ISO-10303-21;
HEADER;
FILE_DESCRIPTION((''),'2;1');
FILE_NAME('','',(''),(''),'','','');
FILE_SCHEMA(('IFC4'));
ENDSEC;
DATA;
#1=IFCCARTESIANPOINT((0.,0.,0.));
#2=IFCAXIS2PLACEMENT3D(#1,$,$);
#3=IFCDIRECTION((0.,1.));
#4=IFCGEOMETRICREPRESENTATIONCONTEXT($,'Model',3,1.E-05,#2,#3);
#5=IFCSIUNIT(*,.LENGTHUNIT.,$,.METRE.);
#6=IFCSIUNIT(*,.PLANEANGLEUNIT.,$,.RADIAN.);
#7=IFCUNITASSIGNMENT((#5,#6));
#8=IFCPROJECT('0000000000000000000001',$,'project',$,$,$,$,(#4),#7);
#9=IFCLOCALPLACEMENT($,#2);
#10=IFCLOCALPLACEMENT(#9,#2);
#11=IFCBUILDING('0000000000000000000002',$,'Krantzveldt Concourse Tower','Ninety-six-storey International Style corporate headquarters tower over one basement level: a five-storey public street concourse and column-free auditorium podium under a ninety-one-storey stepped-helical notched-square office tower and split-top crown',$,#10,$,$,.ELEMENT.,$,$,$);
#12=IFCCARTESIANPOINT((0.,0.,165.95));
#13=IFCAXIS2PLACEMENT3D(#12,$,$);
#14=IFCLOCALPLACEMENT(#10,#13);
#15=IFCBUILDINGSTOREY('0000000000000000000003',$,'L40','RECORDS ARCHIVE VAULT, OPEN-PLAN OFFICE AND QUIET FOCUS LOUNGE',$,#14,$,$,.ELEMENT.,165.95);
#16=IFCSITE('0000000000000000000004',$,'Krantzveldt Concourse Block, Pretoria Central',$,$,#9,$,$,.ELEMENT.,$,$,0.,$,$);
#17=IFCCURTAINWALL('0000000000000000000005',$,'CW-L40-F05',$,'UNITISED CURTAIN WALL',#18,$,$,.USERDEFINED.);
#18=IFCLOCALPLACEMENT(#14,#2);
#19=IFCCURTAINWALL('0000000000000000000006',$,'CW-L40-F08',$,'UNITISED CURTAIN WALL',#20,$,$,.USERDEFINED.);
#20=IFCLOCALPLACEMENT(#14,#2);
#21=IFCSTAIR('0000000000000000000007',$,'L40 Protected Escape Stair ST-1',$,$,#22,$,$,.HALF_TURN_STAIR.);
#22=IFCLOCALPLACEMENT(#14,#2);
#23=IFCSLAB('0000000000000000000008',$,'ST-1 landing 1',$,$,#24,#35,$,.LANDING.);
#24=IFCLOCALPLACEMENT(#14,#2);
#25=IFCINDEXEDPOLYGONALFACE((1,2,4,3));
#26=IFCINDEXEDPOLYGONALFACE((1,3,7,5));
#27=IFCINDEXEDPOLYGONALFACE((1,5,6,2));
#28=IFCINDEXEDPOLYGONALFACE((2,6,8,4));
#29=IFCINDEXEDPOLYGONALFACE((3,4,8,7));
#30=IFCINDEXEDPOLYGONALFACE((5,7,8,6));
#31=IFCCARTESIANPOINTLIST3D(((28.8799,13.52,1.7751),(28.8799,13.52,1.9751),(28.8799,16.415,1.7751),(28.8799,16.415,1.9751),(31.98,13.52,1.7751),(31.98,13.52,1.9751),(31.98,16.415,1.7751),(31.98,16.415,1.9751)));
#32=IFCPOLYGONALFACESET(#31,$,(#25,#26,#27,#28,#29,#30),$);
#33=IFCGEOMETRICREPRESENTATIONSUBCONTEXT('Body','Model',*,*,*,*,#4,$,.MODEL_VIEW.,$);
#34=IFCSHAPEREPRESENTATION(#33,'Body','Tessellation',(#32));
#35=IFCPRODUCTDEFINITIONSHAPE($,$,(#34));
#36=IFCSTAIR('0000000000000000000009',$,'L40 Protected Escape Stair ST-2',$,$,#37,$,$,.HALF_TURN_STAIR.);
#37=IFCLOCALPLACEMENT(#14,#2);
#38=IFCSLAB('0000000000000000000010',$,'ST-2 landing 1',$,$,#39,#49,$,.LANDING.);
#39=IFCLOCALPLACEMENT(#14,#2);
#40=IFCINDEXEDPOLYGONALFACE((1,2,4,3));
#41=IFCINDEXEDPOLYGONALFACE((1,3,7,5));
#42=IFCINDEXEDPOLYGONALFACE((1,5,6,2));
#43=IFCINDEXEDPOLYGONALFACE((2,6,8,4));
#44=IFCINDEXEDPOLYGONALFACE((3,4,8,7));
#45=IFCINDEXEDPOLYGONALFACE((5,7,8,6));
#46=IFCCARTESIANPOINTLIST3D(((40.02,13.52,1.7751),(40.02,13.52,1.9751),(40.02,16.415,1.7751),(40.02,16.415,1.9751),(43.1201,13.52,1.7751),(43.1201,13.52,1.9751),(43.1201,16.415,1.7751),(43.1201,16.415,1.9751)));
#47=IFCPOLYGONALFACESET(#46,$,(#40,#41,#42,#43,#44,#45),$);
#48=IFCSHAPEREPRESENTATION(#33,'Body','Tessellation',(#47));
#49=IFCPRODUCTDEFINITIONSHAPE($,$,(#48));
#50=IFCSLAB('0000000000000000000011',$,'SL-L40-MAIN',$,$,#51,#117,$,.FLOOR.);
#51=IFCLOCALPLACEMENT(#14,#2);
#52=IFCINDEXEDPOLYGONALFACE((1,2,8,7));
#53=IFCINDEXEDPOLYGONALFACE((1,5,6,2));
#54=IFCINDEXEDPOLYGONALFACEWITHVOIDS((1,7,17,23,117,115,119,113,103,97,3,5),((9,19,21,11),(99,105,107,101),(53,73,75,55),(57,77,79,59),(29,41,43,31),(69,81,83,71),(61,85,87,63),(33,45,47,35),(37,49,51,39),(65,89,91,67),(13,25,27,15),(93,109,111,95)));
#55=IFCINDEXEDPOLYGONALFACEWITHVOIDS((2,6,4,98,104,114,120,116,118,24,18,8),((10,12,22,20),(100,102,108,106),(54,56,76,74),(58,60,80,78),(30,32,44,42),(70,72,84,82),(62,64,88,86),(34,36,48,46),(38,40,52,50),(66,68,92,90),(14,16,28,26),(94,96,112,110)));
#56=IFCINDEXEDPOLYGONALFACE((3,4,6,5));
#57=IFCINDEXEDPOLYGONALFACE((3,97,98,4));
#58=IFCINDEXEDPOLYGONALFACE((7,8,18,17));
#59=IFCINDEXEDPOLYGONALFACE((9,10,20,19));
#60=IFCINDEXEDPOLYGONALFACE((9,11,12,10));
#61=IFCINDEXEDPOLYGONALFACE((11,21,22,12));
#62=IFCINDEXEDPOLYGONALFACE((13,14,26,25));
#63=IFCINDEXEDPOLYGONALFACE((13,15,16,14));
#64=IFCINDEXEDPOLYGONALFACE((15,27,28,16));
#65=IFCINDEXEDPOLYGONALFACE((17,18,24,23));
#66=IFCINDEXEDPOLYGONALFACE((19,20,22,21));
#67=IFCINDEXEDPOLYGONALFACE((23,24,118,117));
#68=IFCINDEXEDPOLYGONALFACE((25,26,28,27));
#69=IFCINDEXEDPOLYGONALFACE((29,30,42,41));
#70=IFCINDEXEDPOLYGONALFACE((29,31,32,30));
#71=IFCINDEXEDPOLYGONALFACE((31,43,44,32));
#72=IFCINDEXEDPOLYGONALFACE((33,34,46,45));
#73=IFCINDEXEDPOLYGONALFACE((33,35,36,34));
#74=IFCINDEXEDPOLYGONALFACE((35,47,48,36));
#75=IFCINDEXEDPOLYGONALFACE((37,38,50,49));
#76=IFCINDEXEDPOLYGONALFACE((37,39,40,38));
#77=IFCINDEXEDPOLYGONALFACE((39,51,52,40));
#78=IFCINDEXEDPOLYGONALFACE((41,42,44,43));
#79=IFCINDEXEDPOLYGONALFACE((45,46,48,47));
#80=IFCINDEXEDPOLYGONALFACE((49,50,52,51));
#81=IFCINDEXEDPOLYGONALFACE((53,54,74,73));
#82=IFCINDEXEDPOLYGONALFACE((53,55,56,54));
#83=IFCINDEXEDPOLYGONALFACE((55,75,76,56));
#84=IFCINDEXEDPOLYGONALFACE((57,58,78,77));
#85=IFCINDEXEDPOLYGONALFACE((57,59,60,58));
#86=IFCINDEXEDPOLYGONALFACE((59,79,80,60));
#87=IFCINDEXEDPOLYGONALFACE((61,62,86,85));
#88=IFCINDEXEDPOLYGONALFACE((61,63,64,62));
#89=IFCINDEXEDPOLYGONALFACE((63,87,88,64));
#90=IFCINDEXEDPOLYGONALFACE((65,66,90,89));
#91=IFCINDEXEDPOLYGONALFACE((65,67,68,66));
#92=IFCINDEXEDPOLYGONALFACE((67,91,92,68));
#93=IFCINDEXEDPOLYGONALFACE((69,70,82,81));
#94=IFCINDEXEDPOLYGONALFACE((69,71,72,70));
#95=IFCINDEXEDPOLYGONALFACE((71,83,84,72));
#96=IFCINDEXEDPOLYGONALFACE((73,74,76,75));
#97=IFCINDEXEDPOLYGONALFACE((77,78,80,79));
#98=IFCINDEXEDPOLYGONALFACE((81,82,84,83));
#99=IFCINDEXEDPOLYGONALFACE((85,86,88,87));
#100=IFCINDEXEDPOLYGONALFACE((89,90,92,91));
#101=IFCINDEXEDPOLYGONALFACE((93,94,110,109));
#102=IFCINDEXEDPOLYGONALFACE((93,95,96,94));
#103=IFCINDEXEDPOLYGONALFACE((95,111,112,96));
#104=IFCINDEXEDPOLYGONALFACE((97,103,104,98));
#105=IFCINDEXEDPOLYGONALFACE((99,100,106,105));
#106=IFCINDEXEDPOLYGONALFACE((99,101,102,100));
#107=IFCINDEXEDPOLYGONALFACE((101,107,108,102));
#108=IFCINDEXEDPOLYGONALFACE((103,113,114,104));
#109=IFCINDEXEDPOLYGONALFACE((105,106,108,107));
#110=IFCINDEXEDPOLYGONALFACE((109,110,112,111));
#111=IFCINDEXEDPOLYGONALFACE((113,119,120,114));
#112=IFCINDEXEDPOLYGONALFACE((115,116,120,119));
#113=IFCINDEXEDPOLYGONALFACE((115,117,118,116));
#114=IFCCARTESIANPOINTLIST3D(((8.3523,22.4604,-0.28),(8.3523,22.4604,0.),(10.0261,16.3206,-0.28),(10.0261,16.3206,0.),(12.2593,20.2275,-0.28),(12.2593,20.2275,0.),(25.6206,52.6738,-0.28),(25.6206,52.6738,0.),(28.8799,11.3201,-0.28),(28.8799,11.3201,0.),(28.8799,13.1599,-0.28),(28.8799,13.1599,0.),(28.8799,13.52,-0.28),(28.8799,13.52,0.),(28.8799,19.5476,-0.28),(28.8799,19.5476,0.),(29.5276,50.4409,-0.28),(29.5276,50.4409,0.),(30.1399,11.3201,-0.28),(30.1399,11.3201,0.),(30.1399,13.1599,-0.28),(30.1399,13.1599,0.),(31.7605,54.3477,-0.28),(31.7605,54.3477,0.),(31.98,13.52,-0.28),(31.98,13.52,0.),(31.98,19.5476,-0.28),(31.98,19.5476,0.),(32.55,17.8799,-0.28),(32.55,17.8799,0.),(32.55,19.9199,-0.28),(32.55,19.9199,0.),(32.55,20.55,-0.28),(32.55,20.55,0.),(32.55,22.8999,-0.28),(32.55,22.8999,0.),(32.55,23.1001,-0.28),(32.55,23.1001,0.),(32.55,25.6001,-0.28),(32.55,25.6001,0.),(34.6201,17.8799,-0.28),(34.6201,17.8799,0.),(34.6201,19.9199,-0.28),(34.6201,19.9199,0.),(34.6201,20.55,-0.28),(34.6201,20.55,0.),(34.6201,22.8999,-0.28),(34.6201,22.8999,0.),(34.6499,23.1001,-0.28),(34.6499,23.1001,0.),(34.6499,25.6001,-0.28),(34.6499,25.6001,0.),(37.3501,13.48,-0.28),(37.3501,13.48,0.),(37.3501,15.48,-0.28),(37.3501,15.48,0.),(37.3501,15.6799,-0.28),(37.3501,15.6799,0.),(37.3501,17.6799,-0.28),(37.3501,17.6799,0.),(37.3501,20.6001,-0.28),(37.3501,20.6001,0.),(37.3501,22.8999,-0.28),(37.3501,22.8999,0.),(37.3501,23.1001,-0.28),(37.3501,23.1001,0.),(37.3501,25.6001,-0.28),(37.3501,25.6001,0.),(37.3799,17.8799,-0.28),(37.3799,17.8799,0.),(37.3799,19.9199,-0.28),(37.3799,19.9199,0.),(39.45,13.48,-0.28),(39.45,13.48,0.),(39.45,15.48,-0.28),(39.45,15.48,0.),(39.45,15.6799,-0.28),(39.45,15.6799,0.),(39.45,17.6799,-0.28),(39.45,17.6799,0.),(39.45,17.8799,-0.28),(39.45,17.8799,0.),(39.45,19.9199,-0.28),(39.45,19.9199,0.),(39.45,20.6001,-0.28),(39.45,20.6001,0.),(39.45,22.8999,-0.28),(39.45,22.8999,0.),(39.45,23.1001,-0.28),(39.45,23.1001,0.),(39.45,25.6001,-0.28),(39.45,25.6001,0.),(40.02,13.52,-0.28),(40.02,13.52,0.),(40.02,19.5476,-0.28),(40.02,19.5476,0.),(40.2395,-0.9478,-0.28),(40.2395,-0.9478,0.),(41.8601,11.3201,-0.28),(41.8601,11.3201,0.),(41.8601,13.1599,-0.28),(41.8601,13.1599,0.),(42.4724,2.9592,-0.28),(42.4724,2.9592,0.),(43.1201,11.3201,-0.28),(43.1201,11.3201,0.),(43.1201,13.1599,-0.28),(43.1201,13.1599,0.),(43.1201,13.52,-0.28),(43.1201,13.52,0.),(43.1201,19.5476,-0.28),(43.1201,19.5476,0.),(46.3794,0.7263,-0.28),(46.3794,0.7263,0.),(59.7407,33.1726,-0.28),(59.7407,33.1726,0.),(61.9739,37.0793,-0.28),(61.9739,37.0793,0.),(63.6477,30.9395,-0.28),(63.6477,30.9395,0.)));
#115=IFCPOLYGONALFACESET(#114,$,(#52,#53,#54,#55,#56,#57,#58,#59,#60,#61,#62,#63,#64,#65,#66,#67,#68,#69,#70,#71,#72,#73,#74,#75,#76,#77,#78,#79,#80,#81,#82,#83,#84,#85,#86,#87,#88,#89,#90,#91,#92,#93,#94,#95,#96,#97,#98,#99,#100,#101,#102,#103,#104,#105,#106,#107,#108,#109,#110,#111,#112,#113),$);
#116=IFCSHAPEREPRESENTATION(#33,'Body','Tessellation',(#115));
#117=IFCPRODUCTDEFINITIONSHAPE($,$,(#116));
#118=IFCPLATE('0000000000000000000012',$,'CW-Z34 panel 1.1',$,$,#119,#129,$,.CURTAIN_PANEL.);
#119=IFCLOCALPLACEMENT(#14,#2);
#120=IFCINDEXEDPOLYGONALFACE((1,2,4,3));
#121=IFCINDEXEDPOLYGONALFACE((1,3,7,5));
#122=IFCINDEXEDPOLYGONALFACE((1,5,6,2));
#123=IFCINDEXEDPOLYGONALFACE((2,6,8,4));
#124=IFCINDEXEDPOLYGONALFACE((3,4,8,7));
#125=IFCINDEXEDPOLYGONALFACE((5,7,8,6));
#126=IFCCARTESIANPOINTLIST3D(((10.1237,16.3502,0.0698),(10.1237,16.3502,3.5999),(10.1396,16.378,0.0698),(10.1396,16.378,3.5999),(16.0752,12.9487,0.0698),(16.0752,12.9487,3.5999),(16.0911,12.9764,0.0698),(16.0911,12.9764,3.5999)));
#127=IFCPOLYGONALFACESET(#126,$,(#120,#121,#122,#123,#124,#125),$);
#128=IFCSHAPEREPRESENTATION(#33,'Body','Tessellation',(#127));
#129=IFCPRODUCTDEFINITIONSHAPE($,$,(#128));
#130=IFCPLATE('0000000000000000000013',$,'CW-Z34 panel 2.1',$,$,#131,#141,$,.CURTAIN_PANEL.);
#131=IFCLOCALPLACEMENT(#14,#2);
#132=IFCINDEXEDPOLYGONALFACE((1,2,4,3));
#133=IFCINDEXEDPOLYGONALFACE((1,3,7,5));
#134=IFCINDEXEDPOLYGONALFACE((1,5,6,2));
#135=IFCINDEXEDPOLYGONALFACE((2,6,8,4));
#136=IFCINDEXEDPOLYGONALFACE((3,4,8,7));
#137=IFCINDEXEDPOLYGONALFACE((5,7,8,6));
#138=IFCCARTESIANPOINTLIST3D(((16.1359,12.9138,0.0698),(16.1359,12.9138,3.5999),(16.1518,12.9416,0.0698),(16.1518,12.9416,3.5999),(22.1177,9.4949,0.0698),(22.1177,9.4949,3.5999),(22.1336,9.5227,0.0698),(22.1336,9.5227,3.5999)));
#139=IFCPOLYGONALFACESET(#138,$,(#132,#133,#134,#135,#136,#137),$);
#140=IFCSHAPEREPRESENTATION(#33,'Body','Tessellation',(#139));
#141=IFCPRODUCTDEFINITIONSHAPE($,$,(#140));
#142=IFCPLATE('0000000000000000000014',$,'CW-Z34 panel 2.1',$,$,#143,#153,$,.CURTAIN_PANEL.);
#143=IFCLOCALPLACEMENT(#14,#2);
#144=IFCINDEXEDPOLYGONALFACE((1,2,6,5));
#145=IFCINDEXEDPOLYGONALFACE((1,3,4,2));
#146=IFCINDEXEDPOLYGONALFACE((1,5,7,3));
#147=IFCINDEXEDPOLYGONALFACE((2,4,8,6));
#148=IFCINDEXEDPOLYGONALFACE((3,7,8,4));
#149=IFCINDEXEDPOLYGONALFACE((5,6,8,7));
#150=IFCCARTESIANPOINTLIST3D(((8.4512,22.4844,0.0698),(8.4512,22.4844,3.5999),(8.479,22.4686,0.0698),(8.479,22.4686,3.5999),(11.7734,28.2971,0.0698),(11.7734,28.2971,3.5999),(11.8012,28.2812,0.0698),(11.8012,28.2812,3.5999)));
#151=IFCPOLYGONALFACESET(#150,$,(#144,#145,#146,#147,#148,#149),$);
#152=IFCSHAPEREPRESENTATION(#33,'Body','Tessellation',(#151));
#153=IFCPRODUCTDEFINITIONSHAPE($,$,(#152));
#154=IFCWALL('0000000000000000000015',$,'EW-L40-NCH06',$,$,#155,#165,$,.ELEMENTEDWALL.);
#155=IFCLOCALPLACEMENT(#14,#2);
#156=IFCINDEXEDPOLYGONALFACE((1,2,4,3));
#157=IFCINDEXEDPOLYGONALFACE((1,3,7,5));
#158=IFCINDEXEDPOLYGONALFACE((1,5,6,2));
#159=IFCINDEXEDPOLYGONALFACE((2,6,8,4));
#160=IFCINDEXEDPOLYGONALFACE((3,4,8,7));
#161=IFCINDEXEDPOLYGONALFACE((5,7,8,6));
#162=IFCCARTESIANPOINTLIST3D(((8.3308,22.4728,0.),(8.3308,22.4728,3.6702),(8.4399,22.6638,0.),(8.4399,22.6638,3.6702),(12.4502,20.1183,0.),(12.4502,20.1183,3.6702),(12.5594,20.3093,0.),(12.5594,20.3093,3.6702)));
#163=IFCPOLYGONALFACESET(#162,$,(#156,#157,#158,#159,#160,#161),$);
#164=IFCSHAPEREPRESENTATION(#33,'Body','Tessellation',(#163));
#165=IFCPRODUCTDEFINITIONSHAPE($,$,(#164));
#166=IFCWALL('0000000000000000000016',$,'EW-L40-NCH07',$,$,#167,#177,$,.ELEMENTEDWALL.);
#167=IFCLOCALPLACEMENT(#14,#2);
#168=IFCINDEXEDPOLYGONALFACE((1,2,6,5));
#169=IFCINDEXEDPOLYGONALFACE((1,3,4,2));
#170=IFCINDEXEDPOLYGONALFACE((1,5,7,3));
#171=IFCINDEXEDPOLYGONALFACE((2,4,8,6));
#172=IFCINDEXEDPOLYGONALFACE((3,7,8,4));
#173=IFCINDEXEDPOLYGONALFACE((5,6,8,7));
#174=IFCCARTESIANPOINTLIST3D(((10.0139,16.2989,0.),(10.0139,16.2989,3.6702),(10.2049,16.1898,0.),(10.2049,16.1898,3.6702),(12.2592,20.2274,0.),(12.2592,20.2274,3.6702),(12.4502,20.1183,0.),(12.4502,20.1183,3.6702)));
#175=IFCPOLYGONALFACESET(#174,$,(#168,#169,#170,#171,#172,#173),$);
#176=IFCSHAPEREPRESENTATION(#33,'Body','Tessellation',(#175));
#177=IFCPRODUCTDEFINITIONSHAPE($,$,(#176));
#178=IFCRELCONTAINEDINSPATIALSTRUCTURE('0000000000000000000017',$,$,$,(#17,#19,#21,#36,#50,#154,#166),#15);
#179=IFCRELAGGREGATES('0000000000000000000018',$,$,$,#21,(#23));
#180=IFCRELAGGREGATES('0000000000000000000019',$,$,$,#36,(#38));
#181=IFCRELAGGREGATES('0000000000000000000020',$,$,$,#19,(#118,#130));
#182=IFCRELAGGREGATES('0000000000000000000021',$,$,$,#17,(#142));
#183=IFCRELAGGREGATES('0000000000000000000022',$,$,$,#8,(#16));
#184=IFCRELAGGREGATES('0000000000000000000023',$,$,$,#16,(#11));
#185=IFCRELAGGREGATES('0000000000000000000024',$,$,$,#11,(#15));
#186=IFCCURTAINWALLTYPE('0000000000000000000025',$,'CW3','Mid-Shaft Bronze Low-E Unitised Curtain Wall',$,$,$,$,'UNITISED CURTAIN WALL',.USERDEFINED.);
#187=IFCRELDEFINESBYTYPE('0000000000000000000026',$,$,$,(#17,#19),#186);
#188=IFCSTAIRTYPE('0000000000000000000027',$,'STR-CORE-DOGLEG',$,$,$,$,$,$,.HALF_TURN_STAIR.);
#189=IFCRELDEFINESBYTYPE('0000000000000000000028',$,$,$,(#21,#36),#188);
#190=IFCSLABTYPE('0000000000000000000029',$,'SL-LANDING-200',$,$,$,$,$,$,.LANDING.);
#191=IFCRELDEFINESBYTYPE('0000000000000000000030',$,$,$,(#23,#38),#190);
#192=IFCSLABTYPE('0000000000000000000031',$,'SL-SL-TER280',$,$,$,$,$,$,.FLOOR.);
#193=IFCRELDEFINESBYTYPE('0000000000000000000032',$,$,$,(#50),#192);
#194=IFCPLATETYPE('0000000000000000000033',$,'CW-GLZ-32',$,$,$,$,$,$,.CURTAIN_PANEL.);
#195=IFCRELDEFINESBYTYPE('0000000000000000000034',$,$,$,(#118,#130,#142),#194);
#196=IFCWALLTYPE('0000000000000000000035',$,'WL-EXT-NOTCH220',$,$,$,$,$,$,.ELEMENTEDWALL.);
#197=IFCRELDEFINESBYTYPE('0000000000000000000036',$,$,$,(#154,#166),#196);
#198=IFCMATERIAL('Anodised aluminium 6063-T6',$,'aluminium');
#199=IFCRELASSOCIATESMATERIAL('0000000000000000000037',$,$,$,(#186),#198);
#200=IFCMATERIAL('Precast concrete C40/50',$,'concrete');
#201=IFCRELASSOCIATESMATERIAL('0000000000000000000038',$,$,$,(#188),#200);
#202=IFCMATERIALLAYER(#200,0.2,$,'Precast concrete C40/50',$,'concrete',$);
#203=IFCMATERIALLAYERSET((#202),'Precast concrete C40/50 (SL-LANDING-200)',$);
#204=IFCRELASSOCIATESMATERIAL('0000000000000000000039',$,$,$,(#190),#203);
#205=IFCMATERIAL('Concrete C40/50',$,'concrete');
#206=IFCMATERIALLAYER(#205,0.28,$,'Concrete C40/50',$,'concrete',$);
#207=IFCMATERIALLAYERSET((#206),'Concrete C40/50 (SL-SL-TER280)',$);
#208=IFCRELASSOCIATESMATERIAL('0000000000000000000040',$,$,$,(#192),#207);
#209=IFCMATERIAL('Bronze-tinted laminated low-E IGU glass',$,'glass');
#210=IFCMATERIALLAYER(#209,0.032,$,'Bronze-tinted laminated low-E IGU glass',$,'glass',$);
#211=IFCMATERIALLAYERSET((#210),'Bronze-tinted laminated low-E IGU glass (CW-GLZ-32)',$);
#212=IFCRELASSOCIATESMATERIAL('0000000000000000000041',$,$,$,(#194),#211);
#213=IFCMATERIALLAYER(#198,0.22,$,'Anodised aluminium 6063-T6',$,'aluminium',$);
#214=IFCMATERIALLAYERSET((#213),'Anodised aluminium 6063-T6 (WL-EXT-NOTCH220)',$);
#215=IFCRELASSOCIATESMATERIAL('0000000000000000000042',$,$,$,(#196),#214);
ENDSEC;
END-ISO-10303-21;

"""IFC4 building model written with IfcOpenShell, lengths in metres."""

from ifc_helpers import new_model, si_unit, direction, frame, frame_2d, origin, origin_2d, place, context, subcontext, project, spatial, polyline, rectangle, outline, extrude, source, transform, mapped, material, layer, layer_set, type_object, type_shapes, element, aggregate, save


model = new_model("IFC4")

# Units and contexts
model_context = context("Model", 3, precision=1e-05, world=origin(), true_north=direction((0.0, 1.0)))
body_context = subcontext(model_context, "Body", "Model", "MODEL_VIEW")
ifc_project = project(units=[si_unit("LENGTHUNIT", "METRE"), si_unit("PLANEANGLEUNIT", "RADIAN")], contexts=[model_context])

# Site, building, storey
site_placement = place(None, origin())
site = spatial("IfcSite", under=ifc_project, at=site_placement, Name="Krantzveldt Concourse Block, Pretoria Central", CompositionType="ELEMENT", RefElevation=0.0)
building_placement = place(site_placement, origin())
building = spatial("IfcBuilding", under=site, at=building_placement, Name="Krantzveldt Concourse Tower", Description="Ninety-six-storey International Style corporate headquarters tower over one basement level: a five-storey public street concourse and column-free auditorium podium under a ninety-one-storey stepped-helical notched-square office tower and split-top crown", CompositionType="ELEMENT")
storey_placement = place(building_placement, frame((0.0, 0.0, 165.95)))
storey = spatial("IfcBuildingStorey", under=building, at=storey_placement, Name="L40", Description="RECORDS ARCHIVE VAULT, OPEN-PLAN OFFICE AND QUIET FOCUS LOUNGE", CompositionType="ELEMENT", Elevation=165.95)

# Curtain wall
ifc_material_1 = material(Name="Anodised aluminium 6063-T6", Category="aluminium")
curtain_wall_type = type_object("IfcCurtainWallType", Name="CW3", Description="Mid-Shaft Bronze Low-E Unitised Curtain Wall", ElementType="UNITISED CURTAIN WALL", PredefinedType="USERDEFINED", material=ifc_material_1)
curtain_wall_1_placement = place(storey_placement, origin())
curtain_wall_1 = element("IfcCurtainWall", 1, at=curtain_wall_1_placement, inside=storey, type_object=curtain_wall_type, Name="CW-L40-F05", ObjectType="UNITISED CURTAIN WALL", PredefinedType="USERDEFINED")

# Curtain wall
curtain_wall_2_placement = place(storey_placement, origin())
curtain_wall_2 = element("IfcCurtainWall", 2, at=curtain_wall_2_placement, inside=storey, type_object=curtain_wall_type, Name="CW-L40-F08", ObjectType="UNITISED CURTAIN WALL", PredefinedType="USERDEFINED")

# Stairs, slabs
ifc_material_2 = material(Name="Precast concrete C40/50", Category="concrete")
stair_type = type_object("IfcStairType", Name="STR-CORE-DOGLEG", PredefinedType="HALF_TURN_STAIR", material=ifc_material_2)
stair_1_placement = place(storey_placement, origin())
stair_1 = element("IfcStair", 3, at=stair_1_placement, inside=storey, type_object=stair_type, Name="L40 Protected Escape Stair ST-1", PredefinedType="HALF_TURN_STAIR")
ifc_layer_1 = layer(ifc_material_2, 0.2, Name="Precast concrete C40/50", Category="concrete")
ifc_layer_set_1 = layer_set([ifc_layer_1], Name="Precast concrete C40/50 (SL-LANDING-200)")
slab_type_1 = type_object("IfcSlabType", Name="SL-LANDING-200", PredefinedType="LANDING", material=ifc_layer_set_1)
slab_1_placement = place(storey_placement, frame((0.0, 0.0, 1.7751)))
slab_1 = element("IfcSlab", 4, at=slab_1_placement, type_object=slab_type_1, Name="ST-1 landing 1", PredefinedType="LANDING", context=body_context, shape_type="SweptSolid", body=[
    extrude(outline(polyline([(28.8799, 16.415), (28.8799, 13.52), (31.98, 13.52), (31.98, 16.415), (28.8799, 16.415)])), origin(), (0.0, 0.0, 1.0), 0.2),
])
aggregate(stair_1, [slab_1])
stair_2_placement = place(storey_placement, origin())
stair_2 = element("IfcStair", 5, at=stair_2_placement, inside=storey, type_object=stair_type, Name="L40 Protected Escape Stair ST-2", PredefinedType="HALF_TURN_STAIR")
slab_2_placement = place(storey_placement, frame((0.0, 0.0, 1.7751)))
slab_2 = element("IfcSlab", 6, at=slab_2_placement, type_object=slab_type_1, Name="ST-2 landing 1", PredefinedType="LANDING", context=body_context, shape_type="SweptSolid", body=[
    extrude(outline(polyline([(40.02, 16.415), (40.02, 13.52), (43.1201, 13.52), (43.1201, 16.415), (40.02, 16.415)])), origin(), (0.0, 0.0, 1.0), 0.2),
])
aggregate(stair_2, [slab_2])

# Slab
ifc_material_3 = material(Name="Concrete C40/50", Category="concrete")
ifc_layer_2 = layer(ifc_material_3, 0.28, Name="Concrete C40/50", Category="concrete")
ifc_layer_set_2 = layer_set([ifc_layer_2], Name="Concrete C40/50 (SL-SL-TER280)")
slab_type_2 = type_object("IfcSlabType", Name="SL-SL-TER280", PredefinedType="FLOOR", material=ifc_layer_set_2)
slab_3_placement = place(storey_placement, frame((0.0, 0.0, -0.28)))
element("IfcSlab", 7, at=slab_3_placement, inside=storey, type_object=slab_type_2, Name="SL-L40-MAIN", PredefinedType="FLOOR", context=body_context, shape_type="SweptSolid", body=[
    extrude(outline(polyline([(29.5276, 50.4409), (25.6206, 52.6738), (8.3523, 22.4604), (12.2593, 20.2275), (10.0261, 16.3206), (40.2395, -0.9478), (42.4724, 2.9592), (46.3794, 0.7263), (63.6477, 30.9395), (59.7407, 33.1726), (61.9739, 37.0793), (31.7605, 54.3477), (29.5276, 50.4409)]), holes=[polyline([(28.8799, 19.5476), (28.8799, 13.52), (31.98, 13.52), (31.98, 19.5476), (28.8799, 19.5476)]), polyline([(40.02, 19.5476), (40.02, 13.52), (43.1201, 13.52), (43.1201, 19.5476), (40.02, 19.5476)]), polyline([(32.55, 23.1001), (34.6499, 23.1001), (34.6499, 25.6001), (32.55, 25.6001), (32.55, 23.1001)]), polyline([(37.3501, 23.1001), (39.45, 23.1001), (39.45, 25.6001), (37.3501, 25.6001), (37.3501, 23.1001)]), polyline([(37.3501, 20.6001), (39.45, 20.6001), (39.45, 22.8999), (37.3501, 22.8999), (37.3501, 20.6001)]), polyline([(37.3501, 13.48), (39.45, 13.48), (39.45, 15.48), (37.3501, 15.48), (37.3501, 13.48)]), polyline([(37.3501, 15.6799), (39.45, 15.6799), (39.45, 17.6799), (37.3501, 17.6799), (37.3501, 15.6799)]), polyline([(32.55, 20.55), (34.6201, 20.55), (34.6201, 22.8999), (32.55, 22.8999), (32.55, 20.55)]), polyline([(32.55, 17.8799), (34.6201, 17.8799), (34.6201, 19.9199), (32.55, 19.9199), (32.55, 17.8799)]), polyline([(37.3799, 17.8799), (39.45, 17.8799), (39.45, 19.9199), (37.3799, 19.9199), (37.3799, 17.8799)]), polyline([(28.8799, 11.3201), (30.1399, 11.3201), (30.1399, 13.1599), (28.8799, 13.1599), (28.8799, 11.3201)]), polyline([(41.8601, 11.3201), (43.1201, 11.3201), (43.1201, 13.1599), (41.8601, 13.1599), (41.8601, 11.3201)])]), origin(), (0.0, 0.0, 1.0), 0.28),
])

# Plates
ifc_material_4 = material(Name="Bronze-tinted laminated low-E IGU glass", Category="glass")
ifc_layer_3 = layer(ifc_material_4, 0.032, Name="Bronze-tinted laminated low-E IGU glass", Category="glass")
ifc_layer_set_3 = layer_set([ifc_layer_3], Name="Bronze-tinted laminated low-E IGU glass (CW-GLZ-32)")
plate_type = type_object("IfcPlateType", Name="CW-GLZ-32", PredefinedType="CURTAIN_PANEL", material=ifc_layer_set_3)
shared_shape_1 = source(origin(), body_context, "Body", "SweptSolid", [
    extrude(rectangle(XDim=6.855, YDim=0.032, at=origin_2d()), origin(), (0.0, 0.0, 1.0), 3.53),
])
plate_1_placement = place(storey_placement, frame((13.1074, 14.6633, 0.0698), z_axis=(0.0, 0.0, 1.0), x_axis=(0.868199, -0.496216, 0.0)))
plate_1 = element("IfcPlate", 8, at=plate_1_placement, type_object=plate_type, Name="CW-Z34 panel 1.1", PredefinedType="CURTAIN_PANEL", context=body_context, shape_type="MappedRepresentation", body=[
    mapped(shared_shape_1, transform((0.0, 0.0, 0.0), x_axis=(1.0, 0.0, 0.0), y_axis=(0.0, 1.0, 0.0), z_axis=(0.0, 0.0, 1.0), scale=1.0)),
])
shared_shape_2 = source(origin(), body_context, "Body", "SweptSolid", [
    extrude(rectangle(XDim=6.8899, YDim=0.032, at=origin_2d()), origin(), (0.0, 0.0, 1.0), 3.53),
])
plate_2_placement = place(storey_placement, frame((19.1348, 11.2183, 0.0698), z_axis=(0.0, 0.0, 1.0), x_axis=(0.868199, -0.496216, 0.0)))
plate_2 = element("IfcPlate", 9, at=plate_2_placement, type_object=plate_type, Name="CW-Z34 panel 2.1", PredefinedType="CURTAIN_PANEL", context=body_context, shape_type="MappedRepresentation", body=[
    mapped(shared_shape_2, transform((0.0, 0.0, 0.0), x_axis=(1.0, 0.0, 0.0), y_axis=(0.0, 1.0, 0.0), z_axis=(0.0, 0.0, 1.0), scale=1.0)),
])
aggregate(curtain_wall_2, [plate_1, plate_2])
shared_shape_3 = source(origin(), body_context, "Body", "SweptSolid", [
    extrude(rectangle(XDim=6.6951, YDim=0.032, at=origin_2d()), origin(), (0.0, 0.0, 1.0), 3.53),
])
type_shapes(plate_type, [shared_shape_1, shared_shape_2, shared_shape_3])
plate_3_placement = place(storey_placement, frame((10.1262, 25.3828, 0.0698), z_axis=(0.0, 0.0, 1.0), x_axis=(-0.496216, -0.868199, 0.0)))
plate_3 = element("IfcPlate", 10, at=plate_3_placement, type_object=plate_type, Name="CW-Z34 panel 2.1", PredefinedType="CURTAIN_PANEL", context=body_context, shape_type="MappedRepresentation", body=[
    mapped(shared_shape_3, transform((0.0, 0.0, 0.0), x_axis=(1.0, 0.0, 0.0), y_axis=(0.0, 1.0, 0.0), z_axis=(0.0, 0.0, 1.0), scale=1.0)),
])
aggregate(curtain_wall_1, [plate_3])

# Walls
ifc_layer_4 = layer(ifc_material_1, 0.22, Name="Anodised aluminium 6063-T6", Category="aluminium")
ifc_layer_set_4 = layer_set([ifc_layer_4], Name="Anodised aluminium 6063-T6 (WL-EXT-NOTCH220)")
wall_type_1 = type_object("IfcWallType", Name="WL-EXT-NOTCH220", PredefinedType="ELEMENTEDWALL", material=ifc_layer_set_4)
wall_1_placement = place(storey_placement, frame((8.3853, 22.5684, 0.0), z_axis=(0.0, 0.0, 1.0), x_axis=(0.868192, -0.496228, 0.0)))
element("IfcWall", 11, at=wall_1_placement, inside=storey, type_object=wall_type_1, Name="EW-L40-NCH06", PredefinedType="ELEMENTEDWALL", context=body_context, shape_type="SweptSolid", body=[
    extrude(rectangle(XDim=4.7449, YDim=0.22, at=frame_2d((2.3726, 0.0))), origin(), (0.0, 0.0, 1.0), 3.6702),
])
wall_2_placement = place(storey_placement, frame((12.3547, 20.1729, 0.0), z_axis=(0.0, 0.0, 1.0), x_axis=(-0.496226, -0.868193, 0.0)))
element("IfcWall", 12, at=wall_2_placement, inside=storey, type_object=wall_type_1, Name="EW-L40-NCH07", PredefinedType="ELEMENTEDWALL", context=body_context, shape_type="SweptSolid", body=[
    extrude(rectangle(XDim=4.5249, YDim=0.22, at=frame_2d((2.2625, 0.0))), origin(), (0.0, 0.0, 1.0), 3.6702),
])

save(model, "model.ifc")
